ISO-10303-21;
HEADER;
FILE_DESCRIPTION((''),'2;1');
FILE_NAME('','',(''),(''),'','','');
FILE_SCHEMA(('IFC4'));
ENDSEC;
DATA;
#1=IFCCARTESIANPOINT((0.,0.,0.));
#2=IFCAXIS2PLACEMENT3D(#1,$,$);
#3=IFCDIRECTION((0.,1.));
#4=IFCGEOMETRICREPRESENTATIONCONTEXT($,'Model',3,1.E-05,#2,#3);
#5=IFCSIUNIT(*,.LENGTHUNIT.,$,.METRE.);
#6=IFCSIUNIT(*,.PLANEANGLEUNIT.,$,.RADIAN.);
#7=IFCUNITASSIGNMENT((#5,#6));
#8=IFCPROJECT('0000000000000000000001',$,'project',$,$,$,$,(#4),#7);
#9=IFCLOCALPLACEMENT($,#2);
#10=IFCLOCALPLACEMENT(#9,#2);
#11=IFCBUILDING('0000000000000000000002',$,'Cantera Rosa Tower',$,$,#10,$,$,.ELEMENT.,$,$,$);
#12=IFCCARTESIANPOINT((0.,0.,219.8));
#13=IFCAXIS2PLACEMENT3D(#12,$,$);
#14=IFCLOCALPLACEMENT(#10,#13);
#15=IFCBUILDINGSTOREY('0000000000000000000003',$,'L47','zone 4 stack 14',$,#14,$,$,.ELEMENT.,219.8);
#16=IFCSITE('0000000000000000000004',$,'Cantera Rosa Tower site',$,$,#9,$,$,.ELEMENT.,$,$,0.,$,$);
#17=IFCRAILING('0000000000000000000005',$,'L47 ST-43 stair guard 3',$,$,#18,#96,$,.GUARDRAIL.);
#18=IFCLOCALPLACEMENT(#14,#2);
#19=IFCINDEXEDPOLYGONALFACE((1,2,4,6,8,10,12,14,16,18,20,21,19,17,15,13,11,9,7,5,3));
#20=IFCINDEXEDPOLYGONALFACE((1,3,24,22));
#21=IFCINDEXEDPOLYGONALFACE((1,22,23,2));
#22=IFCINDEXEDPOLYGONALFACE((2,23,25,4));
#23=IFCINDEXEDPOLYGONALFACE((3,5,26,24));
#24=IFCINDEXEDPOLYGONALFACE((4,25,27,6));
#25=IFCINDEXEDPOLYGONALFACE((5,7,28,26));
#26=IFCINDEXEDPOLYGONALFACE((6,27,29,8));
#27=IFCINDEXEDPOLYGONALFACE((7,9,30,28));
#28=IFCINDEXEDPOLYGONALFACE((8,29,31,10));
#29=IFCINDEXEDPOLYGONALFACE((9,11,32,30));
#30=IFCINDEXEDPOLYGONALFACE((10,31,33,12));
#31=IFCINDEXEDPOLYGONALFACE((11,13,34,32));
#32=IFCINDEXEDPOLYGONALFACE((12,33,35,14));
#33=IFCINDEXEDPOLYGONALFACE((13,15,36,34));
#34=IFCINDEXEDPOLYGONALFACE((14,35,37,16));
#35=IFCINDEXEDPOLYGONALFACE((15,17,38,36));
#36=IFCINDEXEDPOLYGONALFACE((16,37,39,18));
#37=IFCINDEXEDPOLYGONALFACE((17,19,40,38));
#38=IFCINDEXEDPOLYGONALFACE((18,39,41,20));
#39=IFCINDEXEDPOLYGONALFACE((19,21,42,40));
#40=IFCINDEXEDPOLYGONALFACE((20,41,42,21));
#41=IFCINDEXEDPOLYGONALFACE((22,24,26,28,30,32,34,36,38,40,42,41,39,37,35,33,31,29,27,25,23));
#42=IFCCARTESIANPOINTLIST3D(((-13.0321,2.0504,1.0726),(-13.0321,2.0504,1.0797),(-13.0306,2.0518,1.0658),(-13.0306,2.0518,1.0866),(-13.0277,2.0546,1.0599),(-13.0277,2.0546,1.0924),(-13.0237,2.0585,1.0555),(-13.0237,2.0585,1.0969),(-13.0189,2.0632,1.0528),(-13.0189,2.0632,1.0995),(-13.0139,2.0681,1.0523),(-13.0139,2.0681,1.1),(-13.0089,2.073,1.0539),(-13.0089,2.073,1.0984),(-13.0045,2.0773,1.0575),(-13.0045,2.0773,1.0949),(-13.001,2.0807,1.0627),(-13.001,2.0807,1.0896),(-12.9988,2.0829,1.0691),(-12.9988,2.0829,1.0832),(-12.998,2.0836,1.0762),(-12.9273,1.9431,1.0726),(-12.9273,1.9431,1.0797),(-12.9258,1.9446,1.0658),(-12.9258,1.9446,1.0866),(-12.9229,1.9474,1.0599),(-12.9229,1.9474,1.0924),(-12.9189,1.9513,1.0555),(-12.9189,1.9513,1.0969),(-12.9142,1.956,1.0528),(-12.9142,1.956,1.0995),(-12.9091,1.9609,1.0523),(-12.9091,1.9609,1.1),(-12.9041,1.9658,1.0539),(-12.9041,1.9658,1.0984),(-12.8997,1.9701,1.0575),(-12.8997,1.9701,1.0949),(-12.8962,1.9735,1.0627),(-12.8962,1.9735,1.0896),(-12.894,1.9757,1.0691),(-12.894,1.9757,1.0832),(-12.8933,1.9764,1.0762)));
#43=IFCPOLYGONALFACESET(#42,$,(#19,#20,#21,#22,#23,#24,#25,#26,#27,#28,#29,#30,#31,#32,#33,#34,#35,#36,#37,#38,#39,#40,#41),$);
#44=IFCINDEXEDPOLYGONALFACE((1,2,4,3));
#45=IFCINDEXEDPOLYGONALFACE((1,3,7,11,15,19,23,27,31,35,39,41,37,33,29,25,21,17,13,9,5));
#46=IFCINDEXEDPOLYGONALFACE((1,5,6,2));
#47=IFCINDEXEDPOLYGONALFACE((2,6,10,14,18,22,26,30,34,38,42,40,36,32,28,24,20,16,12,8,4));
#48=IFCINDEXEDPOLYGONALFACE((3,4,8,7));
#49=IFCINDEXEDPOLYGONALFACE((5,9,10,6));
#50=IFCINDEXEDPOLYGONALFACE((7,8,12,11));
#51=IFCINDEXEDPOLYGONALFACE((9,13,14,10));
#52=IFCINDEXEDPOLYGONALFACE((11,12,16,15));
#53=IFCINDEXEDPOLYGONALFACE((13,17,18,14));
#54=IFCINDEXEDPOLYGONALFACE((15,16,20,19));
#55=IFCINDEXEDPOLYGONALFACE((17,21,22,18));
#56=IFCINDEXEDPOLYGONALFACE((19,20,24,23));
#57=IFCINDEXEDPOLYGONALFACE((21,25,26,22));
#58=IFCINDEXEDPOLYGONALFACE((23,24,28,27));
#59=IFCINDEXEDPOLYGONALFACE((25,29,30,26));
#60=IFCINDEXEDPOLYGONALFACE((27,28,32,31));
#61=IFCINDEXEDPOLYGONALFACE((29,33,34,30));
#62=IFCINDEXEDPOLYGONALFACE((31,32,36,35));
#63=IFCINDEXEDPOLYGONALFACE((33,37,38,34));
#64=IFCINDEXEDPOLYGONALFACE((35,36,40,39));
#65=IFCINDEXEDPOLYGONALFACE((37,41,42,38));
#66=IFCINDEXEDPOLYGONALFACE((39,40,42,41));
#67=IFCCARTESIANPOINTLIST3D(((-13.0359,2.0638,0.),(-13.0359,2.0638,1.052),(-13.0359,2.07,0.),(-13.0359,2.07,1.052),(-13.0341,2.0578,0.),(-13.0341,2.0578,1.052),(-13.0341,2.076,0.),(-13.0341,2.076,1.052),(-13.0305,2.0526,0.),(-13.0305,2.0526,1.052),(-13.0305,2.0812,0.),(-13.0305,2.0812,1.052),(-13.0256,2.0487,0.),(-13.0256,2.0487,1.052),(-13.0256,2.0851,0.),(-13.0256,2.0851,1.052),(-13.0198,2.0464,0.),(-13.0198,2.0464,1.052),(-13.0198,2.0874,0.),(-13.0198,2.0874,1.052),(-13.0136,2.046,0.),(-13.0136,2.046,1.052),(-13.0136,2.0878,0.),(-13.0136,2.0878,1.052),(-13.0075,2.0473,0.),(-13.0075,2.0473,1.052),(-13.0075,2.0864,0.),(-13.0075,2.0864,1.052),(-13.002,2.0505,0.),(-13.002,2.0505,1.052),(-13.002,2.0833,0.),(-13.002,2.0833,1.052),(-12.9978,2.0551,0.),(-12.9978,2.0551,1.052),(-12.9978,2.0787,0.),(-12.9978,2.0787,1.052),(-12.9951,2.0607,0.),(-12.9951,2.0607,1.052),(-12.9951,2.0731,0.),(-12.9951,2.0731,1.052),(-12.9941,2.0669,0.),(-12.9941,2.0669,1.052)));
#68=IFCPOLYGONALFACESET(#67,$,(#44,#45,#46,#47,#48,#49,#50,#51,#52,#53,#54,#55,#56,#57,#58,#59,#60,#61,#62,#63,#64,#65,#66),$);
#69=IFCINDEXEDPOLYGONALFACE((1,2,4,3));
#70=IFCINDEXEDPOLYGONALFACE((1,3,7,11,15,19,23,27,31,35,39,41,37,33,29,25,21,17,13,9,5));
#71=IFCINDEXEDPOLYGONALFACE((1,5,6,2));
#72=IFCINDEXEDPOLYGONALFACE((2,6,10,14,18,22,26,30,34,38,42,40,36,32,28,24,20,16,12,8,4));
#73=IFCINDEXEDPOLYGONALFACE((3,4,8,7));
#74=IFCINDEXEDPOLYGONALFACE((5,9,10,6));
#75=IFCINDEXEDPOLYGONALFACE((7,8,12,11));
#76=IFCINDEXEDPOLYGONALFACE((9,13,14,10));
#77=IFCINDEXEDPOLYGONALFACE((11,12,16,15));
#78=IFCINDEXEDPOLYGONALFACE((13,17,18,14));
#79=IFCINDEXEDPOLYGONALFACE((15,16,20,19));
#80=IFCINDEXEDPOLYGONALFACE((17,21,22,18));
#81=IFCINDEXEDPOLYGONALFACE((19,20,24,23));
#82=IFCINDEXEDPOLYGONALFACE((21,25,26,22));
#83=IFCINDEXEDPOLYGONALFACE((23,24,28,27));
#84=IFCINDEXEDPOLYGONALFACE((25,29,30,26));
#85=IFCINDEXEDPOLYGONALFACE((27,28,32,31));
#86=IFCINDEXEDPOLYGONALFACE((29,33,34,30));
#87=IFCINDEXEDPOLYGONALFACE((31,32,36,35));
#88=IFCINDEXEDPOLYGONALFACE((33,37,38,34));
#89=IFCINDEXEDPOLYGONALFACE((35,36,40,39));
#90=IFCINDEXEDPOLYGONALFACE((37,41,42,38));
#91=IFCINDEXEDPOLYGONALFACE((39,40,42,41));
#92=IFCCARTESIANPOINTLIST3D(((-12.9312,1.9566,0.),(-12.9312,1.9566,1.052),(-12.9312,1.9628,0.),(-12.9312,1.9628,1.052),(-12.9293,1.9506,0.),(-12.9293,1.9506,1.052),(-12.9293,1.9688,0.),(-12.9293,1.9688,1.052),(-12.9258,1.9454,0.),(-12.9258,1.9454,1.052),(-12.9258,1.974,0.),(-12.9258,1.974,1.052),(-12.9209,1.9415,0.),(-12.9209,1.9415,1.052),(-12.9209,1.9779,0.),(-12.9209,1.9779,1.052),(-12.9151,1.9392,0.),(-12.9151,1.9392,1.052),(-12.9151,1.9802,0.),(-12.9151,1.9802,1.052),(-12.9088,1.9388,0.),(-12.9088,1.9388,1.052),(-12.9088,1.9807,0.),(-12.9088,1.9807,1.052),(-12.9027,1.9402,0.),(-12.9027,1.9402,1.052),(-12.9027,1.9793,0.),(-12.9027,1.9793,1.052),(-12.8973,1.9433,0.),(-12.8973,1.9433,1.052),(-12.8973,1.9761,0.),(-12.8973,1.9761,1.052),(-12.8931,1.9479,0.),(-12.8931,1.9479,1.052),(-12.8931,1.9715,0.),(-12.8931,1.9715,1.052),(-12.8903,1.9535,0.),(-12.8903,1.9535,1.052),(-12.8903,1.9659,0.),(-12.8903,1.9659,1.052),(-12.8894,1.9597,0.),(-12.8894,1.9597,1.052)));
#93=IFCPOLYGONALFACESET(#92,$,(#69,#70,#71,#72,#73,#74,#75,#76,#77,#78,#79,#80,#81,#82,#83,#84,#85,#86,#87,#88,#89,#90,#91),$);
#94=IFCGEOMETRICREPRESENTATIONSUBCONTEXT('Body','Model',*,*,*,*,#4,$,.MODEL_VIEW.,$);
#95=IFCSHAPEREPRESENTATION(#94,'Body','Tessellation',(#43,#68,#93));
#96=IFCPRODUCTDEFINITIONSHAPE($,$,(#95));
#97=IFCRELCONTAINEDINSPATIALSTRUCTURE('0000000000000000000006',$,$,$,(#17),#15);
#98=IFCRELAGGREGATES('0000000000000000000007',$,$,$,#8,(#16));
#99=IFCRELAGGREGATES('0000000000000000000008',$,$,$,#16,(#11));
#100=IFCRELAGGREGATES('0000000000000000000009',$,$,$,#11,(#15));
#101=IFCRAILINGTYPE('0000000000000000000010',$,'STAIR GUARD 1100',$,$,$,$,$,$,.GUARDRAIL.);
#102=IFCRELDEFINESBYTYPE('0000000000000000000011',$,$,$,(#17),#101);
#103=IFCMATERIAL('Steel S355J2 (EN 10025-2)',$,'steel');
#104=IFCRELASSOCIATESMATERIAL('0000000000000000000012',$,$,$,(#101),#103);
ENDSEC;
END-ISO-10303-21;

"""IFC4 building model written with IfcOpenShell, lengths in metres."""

from ifc_helpers import new_model, si_unit, direction, frame, origin, origin_2d, place, context, subcontext, project, spatial, circle, extrude, material, type_object, element, save


model = new_model("IFC4")

# Units and contexts
model_context = context("Model", 3, precision=1e-05, world=origin(), true_north=direction((0.0, 1.0)))
body_context = subcontext(model_context, "Body", "Model", "MODEL_VIEW")
ifc_project = project(units=[si_unit("LENGTHUNIT", "METRE"), si_unit("PLANEANGLEUNIT", "RADIAN")], contexts=[model_context])

# Site, building, storey
site_placement = place(None, origin())
site = spatial("IfcSite", under=ifc_project, at=site_placement, Name="Cantera Rosa Tower site", CompositionType="ELEMENT", RefElevation=0.0)
building_placement = place(site_placement, origin())
building = spatial("IfcBuilding", under=site, at=building_placement, Name="Cantera Rosa Tower", CompositionType="ELEMENT")
storey_placement = place(building_placement, frame((0.0, 0.0, 219.8)))
storey = spatial("IfcBuildingStorey", under=building, at=storey_placement, Name="L47", Description="zone 4 stack 14", CompositionType="ELEMENT", Elevation=219.8)

# Railing
ifc_material_1 = material(Name="Steel S355J2 (EN 10025-2)", Category="steel")
railing_type_1 = type_object("IfcRailingType", Name="STAIR GUARD 1100", PredefinedType="GUARDRAIL", material=ifc_material_1)
railing_1_placement = place(storey_placement, frame((-13.0151, 2.0669, 0.0)))
element("IfcRailing", 1, at=railing_1_placement, inside=storey, type_object=railing_type_1, Name="L47 ST-43 stair guard 3", PredefinedType="GUARDRAIL", context=body_context, shape_type="SweptSolid", body=[
    extrude(circle(Radius=0.0239, at=origin_2d()), frame((0.0, 0.0, 1.0762), z_axis=(0.698914, -0.715206, 0.0), x_axis=(0.715206, 0.698914, 0.0)), (0.0, 0.0, 1.0), 0.1499),
    extrude(circle(Radius=0.021, at=origin_2d()), origin(), (0.0, 0.0, 1.0), 1.052),
    extrude(circle(Radius=0.021, at=origin_2d()), frame((0.1047, -0.1072, 0.0)), (0.0, 0.0, 1.0), 1.052),
])

save(model, "model.ifc")
